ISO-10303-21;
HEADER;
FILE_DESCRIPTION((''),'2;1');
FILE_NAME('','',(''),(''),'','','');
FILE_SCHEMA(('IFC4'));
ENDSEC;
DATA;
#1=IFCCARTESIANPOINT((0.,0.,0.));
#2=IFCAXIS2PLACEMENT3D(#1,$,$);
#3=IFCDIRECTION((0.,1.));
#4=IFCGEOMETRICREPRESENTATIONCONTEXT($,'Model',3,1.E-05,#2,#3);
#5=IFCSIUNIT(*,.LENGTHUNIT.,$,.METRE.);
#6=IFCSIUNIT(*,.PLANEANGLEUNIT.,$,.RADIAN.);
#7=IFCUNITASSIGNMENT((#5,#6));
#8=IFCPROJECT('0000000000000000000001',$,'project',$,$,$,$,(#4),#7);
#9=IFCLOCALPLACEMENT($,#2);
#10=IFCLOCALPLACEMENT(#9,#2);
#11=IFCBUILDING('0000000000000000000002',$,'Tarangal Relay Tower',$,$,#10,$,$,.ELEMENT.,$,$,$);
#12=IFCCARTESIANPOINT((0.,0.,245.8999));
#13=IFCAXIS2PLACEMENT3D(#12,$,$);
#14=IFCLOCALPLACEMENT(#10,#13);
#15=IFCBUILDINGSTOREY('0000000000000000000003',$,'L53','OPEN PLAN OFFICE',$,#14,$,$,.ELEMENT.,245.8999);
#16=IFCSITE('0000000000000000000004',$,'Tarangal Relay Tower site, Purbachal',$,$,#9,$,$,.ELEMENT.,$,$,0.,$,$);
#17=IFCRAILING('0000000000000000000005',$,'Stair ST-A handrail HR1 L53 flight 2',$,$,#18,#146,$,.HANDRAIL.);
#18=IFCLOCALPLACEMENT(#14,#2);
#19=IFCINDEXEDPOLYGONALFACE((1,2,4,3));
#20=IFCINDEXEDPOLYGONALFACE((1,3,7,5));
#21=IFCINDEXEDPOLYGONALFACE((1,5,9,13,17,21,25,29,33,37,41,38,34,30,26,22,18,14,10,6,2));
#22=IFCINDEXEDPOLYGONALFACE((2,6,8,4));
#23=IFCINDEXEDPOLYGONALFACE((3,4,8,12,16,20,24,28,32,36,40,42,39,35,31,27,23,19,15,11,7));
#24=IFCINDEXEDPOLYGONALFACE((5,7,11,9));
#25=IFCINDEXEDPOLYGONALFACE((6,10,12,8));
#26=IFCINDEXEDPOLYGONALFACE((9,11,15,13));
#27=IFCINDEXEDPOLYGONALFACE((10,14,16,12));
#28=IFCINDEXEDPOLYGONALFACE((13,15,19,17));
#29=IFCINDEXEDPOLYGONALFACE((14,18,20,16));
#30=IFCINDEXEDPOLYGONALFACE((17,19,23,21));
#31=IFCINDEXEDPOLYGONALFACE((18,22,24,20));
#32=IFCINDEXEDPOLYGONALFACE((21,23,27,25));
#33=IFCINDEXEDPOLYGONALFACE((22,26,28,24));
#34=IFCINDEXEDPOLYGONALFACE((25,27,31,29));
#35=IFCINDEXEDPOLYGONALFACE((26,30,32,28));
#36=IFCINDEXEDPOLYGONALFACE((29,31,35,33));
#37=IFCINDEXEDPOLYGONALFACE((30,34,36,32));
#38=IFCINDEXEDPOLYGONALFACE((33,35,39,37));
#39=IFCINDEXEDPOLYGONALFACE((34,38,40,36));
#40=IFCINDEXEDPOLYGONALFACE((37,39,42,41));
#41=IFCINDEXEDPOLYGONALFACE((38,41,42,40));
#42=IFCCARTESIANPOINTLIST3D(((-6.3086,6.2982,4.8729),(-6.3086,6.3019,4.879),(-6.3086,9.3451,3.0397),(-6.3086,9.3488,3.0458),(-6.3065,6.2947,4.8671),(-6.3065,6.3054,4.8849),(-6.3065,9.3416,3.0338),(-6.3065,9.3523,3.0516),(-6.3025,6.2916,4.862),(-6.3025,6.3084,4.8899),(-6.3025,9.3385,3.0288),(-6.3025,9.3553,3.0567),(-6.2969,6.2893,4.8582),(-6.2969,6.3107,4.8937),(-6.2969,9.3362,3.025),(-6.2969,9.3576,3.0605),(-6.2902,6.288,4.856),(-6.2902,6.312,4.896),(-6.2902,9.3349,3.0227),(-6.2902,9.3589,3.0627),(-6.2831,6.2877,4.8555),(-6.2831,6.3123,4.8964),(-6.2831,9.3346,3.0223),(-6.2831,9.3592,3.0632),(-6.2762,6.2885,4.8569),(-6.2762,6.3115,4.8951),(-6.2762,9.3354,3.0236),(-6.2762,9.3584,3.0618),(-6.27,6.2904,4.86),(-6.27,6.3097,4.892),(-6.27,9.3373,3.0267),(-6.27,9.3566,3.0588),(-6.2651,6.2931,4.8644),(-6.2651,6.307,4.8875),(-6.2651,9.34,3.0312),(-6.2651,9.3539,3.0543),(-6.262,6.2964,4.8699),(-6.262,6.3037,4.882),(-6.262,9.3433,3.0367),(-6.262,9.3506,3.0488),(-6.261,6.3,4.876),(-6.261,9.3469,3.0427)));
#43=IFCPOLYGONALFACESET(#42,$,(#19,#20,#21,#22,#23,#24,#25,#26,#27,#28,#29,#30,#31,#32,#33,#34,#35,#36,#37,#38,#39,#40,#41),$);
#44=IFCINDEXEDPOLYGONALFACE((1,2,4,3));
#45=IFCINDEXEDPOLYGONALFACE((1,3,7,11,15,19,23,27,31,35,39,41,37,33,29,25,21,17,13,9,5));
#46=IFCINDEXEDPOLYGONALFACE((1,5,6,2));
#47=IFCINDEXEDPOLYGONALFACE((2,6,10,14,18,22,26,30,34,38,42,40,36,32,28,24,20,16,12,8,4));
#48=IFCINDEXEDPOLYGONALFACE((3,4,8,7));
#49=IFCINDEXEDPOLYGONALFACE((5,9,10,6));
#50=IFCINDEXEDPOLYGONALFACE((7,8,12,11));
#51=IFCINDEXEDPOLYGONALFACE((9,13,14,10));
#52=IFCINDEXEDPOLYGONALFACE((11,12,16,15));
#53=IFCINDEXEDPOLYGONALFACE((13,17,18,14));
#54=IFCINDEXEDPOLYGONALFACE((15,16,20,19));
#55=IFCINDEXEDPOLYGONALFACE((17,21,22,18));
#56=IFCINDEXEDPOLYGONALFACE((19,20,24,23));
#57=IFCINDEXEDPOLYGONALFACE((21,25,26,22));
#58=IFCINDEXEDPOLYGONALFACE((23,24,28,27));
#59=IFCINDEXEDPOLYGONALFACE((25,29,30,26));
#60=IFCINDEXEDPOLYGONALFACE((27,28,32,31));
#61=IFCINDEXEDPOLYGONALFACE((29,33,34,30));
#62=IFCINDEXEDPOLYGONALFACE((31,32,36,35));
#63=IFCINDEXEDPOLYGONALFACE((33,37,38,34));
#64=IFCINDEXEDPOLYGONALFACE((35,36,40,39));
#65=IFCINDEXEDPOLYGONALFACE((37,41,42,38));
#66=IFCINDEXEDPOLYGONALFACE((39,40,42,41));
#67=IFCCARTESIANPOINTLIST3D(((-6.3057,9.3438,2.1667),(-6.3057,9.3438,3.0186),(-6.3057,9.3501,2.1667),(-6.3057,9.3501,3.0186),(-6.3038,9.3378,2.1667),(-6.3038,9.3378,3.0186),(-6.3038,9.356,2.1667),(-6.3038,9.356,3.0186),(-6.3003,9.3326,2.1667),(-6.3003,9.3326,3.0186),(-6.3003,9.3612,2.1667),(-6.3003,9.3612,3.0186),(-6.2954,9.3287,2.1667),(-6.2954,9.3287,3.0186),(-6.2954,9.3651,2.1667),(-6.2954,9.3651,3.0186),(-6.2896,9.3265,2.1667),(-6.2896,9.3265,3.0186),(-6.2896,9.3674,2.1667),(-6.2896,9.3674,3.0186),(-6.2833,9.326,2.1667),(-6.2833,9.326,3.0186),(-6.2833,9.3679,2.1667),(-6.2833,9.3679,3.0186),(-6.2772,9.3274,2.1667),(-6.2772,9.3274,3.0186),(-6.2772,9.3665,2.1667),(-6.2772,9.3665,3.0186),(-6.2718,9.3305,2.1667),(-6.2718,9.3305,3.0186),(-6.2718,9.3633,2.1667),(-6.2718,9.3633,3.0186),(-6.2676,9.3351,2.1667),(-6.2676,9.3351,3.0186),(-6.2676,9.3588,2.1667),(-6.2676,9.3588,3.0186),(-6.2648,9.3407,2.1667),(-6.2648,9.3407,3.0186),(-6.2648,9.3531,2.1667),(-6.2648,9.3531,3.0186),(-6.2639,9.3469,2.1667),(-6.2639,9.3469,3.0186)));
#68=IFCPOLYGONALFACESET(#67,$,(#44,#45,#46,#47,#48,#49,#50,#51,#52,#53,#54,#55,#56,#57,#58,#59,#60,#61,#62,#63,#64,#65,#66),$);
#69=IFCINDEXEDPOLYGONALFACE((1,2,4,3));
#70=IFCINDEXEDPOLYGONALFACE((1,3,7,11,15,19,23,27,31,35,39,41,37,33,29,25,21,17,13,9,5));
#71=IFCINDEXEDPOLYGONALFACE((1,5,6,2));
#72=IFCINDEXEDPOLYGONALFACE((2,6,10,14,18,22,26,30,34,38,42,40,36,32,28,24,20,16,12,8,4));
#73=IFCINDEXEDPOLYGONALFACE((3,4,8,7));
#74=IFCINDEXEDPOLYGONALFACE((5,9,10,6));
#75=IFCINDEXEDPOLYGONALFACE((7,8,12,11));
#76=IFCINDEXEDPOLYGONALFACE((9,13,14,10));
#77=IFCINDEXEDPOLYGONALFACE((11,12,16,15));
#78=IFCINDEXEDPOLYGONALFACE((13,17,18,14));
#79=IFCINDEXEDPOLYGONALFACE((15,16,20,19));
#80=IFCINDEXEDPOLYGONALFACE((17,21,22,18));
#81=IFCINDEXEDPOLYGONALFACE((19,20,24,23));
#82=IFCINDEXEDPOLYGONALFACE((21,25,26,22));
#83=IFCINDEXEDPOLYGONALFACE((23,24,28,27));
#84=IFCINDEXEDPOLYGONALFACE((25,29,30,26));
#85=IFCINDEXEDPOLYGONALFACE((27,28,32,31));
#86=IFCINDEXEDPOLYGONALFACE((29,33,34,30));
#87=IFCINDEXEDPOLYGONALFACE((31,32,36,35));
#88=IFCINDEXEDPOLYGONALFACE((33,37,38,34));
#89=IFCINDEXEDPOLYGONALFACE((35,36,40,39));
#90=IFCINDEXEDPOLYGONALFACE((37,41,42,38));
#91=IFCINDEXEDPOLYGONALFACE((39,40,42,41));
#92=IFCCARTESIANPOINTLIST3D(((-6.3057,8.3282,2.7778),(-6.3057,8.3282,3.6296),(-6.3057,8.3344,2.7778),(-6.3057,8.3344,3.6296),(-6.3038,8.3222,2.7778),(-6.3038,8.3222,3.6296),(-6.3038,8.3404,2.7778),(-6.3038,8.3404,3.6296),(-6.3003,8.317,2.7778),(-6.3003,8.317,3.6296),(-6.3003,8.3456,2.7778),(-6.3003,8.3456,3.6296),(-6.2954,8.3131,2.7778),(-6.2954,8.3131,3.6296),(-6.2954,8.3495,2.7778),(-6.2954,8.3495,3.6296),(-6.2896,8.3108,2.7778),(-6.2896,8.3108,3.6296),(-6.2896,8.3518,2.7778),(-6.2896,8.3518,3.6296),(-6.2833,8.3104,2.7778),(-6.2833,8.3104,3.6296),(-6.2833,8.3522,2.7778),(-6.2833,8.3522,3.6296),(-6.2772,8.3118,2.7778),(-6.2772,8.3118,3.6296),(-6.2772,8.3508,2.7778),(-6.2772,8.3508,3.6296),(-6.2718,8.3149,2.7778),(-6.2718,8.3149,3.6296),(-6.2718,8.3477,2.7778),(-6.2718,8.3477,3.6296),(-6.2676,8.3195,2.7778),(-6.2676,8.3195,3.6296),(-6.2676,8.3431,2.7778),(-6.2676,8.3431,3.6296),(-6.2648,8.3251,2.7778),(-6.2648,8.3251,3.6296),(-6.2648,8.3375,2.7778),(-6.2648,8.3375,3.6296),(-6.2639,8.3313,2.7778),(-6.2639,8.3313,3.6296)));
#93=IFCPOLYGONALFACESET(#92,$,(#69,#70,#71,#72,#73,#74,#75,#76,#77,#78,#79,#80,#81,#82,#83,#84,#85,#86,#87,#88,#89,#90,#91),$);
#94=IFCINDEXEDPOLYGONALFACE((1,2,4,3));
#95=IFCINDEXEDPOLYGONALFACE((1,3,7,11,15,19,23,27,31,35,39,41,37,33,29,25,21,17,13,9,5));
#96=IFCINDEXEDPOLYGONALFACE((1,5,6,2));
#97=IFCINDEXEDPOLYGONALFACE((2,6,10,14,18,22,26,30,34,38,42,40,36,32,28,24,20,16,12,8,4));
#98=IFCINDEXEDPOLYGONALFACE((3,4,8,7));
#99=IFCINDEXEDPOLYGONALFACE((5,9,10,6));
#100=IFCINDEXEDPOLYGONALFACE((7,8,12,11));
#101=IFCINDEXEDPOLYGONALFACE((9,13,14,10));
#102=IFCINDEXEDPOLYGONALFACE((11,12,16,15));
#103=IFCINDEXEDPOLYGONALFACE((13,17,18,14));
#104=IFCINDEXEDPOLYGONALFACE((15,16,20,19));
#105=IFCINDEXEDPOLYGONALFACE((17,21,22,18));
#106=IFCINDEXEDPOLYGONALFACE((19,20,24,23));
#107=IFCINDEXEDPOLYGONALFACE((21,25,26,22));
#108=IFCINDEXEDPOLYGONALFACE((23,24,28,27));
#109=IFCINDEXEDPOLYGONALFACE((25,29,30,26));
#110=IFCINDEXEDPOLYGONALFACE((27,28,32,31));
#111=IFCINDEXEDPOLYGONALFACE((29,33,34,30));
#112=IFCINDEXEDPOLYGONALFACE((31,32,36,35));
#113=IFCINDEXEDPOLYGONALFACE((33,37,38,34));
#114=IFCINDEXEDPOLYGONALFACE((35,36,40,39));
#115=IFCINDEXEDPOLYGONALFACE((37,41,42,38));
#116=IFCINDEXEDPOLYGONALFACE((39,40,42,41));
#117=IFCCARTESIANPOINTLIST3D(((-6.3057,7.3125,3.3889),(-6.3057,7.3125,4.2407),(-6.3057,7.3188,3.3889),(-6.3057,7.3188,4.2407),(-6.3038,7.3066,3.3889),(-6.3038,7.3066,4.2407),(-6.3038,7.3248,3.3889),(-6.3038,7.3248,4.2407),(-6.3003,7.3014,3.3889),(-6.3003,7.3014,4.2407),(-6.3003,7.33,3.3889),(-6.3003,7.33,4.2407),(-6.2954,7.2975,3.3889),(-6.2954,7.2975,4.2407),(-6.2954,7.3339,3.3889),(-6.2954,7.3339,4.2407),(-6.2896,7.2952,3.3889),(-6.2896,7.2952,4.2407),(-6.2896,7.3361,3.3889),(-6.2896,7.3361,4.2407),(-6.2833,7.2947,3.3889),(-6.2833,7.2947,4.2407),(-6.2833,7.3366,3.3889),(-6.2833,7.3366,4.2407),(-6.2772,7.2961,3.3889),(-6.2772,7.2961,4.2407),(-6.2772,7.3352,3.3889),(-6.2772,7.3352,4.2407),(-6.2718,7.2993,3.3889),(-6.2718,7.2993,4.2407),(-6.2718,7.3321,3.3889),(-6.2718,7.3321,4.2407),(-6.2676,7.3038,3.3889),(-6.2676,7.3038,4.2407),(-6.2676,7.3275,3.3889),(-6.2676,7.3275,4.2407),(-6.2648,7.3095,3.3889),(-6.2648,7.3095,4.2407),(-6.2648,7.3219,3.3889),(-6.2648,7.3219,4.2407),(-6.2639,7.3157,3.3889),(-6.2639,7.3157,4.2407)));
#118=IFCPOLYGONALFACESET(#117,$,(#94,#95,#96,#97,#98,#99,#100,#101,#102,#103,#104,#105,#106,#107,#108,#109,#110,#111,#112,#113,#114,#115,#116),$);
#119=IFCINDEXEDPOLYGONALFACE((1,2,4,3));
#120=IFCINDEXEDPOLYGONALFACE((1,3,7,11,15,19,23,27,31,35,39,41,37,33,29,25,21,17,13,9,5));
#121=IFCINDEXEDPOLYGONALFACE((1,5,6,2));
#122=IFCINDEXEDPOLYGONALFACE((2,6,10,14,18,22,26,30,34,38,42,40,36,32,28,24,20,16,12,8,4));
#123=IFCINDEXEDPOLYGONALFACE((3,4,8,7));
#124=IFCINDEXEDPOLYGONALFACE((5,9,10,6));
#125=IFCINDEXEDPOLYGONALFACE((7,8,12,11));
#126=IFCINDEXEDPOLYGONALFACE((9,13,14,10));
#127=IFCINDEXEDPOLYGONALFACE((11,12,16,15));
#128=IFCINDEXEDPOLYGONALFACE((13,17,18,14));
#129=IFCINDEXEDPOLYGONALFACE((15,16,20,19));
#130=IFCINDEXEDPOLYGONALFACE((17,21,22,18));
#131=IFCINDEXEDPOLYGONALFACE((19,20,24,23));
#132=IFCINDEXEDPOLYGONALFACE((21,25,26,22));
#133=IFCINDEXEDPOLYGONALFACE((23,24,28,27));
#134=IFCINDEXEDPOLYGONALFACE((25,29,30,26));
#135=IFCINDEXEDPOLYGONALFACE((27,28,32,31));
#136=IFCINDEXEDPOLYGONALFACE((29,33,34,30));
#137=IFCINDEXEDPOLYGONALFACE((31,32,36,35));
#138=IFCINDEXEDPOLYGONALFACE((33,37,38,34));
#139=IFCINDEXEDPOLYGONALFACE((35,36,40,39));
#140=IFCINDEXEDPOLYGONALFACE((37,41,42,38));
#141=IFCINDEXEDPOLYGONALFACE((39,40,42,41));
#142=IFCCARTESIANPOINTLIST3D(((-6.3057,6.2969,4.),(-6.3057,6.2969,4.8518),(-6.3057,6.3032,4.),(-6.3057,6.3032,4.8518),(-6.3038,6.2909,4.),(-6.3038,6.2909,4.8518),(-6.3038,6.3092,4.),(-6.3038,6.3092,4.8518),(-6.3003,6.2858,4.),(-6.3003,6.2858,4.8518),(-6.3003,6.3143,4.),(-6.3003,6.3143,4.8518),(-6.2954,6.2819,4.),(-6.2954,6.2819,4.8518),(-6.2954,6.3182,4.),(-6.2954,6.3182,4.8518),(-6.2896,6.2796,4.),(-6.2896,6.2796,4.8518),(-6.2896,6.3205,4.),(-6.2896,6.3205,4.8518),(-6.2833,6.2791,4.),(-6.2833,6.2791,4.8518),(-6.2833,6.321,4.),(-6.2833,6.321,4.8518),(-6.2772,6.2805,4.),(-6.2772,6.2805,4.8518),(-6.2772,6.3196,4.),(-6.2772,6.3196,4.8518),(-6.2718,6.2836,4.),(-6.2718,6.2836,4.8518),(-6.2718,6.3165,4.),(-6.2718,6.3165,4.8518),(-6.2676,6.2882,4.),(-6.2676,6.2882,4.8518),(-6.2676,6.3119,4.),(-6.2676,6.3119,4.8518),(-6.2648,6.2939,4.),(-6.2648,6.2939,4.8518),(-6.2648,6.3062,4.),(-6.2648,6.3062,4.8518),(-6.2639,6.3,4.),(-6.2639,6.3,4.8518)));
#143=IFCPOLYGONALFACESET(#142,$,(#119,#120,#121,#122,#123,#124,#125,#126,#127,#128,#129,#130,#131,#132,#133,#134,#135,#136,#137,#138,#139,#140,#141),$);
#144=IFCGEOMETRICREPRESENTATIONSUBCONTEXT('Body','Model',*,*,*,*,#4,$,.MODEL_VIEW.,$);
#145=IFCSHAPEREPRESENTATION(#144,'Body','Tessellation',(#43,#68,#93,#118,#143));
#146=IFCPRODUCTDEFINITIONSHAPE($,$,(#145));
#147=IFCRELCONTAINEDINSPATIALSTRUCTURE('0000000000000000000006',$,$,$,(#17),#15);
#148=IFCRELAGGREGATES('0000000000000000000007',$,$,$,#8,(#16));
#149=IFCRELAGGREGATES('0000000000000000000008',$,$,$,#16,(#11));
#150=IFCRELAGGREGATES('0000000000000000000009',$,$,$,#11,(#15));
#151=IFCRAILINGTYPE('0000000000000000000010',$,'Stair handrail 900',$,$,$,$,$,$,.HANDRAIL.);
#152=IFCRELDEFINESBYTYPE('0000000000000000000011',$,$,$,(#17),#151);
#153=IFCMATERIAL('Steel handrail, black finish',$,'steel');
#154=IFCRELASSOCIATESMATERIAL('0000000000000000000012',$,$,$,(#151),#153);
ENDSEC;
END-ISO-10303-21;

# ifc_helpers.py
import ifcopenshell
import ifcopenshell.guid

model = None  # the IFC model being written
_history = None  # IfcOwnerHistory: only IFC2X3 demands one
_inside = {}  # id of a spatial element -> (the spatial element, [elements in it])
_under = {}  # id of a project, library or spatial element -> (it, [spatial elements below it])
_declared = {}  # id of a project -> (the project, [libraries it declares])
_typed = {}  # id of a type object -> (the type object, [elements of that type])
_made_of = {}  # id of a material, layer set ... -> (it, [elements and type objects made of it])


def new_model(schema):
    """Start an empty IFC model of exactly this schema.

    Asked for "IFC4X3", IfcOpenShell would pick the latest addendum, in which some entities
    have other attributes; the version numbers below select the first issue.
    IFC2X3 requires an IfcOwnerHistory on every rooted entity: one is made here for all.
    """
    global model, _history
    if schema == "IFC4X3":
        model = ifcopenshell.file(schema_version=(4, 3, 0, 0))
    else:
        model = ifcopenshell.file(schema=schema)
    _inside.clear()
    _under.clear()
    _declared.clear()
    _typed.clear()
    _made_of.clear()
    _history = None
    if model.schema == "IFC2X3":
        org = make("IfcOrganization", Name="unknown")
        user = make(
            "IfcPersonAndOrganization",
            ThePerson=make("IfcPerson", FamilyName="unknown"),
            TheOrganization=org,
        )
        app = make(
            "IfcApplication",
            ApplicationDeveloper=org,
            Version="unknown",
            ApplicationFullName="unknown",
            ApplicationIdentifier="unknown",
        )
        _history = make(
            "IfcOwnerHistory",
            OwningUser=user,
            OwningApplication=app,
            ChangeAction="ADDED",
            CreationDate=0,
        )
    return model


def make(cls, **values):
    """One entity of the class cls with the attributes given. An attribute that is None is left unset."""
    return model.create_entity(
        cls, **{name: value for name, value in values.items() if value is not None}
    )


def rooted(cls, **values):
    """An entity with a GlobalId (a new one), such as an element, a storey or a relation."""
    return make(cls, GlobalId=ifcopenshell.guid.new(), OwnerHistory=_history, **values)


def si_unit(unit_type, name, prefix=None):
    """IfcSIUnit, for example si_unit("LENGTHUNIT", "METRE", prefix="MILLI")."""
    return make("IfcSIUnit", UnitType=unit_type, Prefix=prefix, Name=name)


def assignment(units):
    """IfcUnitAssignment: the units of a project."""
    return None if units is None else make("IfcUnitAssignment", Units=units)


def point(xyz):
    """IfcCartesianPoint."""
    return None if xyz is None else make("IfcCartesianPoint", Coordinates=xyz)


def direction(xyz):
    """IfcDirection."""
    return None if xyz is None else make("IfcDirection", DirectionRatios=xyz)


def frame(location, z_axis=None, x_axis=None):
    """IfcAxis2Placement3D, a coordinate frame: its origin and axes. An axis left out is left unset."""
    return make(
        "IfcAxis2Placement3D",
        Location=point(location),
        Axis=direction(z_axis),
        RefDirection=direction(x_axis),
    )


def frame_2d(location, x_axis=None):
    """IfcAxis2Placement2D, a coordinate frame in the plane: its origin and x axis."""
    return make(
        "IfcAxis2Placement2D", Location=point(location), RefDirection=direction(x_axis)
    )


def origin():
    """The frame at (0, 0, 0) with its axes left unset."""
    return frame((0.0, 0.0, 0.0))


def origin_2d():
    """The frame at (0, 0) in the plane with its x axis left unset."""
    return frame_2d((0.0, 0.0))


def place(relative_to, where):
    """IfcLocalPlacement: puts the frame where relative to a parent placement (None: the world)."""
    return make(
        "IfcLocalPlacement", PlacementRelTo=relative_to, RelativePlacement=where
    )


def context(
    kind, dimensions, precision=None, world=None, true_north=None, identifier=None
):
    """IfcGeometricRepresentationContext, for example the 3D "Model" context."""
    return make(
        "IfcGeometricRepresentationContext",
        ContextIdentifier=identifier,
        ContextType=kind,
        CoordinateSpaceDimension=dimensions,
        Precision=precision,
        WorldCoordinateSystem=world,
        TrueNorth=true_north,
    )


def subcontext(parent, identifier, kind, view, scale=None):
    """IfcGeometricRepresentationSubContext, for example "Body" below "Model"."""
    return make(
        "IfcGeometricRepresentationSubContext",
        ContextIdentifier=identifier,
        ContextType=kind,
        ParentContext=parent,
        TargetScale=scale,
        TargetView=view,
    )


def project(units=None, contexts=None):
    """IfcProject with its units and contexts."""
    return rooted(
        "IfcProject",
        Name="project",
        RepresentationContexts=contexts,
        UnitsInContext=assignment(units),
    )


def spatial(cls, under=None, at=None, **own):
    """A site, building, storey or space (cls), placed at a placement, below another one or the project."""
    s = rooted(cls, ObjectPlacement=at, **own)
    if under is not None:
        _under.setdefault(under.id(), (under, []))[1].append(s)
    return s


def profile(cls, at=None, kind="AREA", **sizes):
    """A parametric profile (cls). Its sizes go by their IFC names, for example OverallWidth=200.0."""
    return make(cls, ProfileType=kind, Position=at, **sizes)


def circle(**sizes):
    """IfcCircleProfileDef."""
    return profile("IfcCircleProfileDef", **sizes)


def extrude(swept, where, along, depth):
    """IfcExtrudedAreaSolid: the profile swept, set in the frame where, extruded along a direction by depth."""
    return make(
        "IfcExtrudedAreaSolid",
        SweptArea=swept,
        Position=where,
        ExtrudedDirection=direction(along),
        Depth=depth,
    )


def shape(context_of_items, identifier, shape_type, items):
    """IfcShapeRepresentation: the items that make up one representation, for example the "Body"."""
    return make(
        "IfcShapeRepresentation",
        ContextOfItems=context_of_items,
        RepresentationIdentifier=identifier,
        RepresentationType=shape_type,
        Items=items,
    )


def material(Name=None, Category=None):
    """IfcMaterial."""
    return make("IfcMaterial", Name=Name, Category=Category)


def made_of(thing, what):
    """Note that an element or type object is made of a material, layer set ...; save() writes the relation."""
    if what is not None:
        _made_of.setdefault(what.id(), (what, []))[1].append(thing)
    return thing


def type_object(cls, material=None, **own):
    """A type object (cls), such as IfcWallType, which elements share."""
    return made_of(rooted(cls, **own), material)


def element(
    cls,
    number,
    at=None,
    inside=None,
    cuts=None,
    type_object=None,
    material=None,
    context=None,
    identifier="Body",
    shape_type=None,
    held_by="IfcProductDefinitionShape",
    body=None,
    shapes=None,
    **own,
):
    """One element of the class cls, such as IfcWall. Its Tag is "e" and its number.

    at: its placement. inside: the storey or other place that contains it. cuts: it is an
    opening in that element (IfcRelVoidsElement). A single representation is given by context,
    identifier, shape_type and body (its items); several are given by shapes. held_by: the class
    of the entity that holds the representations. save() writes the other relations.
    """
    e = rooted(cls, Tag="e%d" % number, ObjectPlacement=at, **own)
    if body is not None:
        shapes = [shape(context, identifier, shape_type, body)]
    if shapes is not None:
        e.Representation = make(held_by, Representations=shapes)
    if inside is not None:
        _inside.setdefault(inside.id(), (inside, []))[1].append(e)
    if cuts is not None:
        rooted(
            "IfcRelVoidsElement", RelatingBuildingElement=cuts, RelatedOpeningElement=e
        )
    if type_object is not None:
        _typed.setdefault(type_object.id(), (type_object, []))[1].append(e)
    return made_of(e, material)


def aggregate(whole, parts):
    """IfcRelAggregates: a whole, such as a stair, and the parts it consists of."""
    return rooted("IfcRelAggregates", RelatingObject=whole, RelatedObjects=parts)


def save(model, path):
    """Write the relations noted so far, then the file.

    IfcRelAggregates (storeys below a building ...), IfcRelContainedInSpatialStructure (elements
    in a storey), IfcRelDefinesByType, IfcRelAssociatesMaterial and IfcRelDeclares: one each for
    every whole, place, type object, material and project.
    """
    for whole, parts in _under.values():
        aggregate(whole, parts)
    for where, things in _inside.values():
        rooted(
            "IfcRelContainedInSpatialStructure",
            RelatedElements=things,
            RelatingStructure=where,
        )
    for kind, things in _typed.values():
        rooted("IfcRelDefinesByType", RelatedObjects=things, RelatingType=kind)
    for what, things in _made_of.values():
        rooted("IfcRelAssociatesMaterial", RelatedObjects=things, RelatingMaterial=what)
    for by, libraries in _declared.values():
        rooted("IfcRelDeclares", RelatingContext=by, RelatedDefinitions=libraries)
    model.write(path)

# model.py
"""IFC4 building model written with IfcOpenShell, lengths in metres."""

from ifc_helpers import new_model, si_unit, direction, frame, origin, origin_2d, place, context, subcontext, project, spatial, circle, extrude, material, type_object, element, save


model = new_model("IFC4")

# Units and contexts
model_context = context("Model", 3, precision=1e-05, world=origin(), true_north=direction((0.0, 1.0)))
body_context = subcontext(model_context, "Body", "Model", "MODEL_VIEW")
ifc_project = project(units=[si_unit("LENGTHUNIT", "METRE"), si_unit("PLANEANGLEUNIT", "RADIAN")], contexts=[model_context])

# Site, building, storey
site_placement = place(None, origin())
site = spatial("IfcSite", under=ifc_project, at=site_placement, Name="Tarangal Relay Tower site, Purbachal", CompositionType="ELEMENT", RefElevation=0.0)
building_placement = place(site_placement, origin())
building = spatial("IfcBuilding", under=site, at=building_placement, Name="Tarangal Relay Tower", CompositionType="ELEMENT")
storey_placement = place(building_placement, frame((0.0, 0.0, 245.8999)))
storey = spatial("IfcBuildingStorey", under=building, at=storey_placement, Name="L53", Description="OPEN PLAN OFFICE", CompositionType="ELEMENT", Elevation=245.8999)

# Railing
ifc_material_1 = material(Name="Steel handrail, black finish", Category="steel")
railing_type_1 = type_object("IfcRailingType", Name="Stair handrail 900", PredefinedType="HANDRAIL", material=ifc_material_1)
railing_1_placement = place(storey_placement, frame((-6.2849, 9.3469, 2.1667)))
element("IfcRailing", 1, at=railing_1_placement, inside=storey, type_object=railing_type_1, Name="Stair ST-A handrail HR1 L53 flight 2", PredefinedType="HANDRAIL", context=body_context, shape_type="SweptSolid", body=[
    extrude(circle(Radius=0.0239, at=origin_2d()), frame((0.0, 0.0, 0.876), z_axis=(0.0, -0.856856, 0.515556), x_axis=(1.0, 0.0, 0.0)), (0.0, 0.0, 1.0), 3.5559),
    extrude(circle(Radius=0.021, at=origin_2d()), origin(), (0.0, 0.0, 1.0), 0.8518),
    extrude(circle(Radius=0.021, at=origin_2d()), frame((0.0, -1.0156, 0.6111)), (0.0, 0.0, 1.0), 0.8518),
    extrude(circle(Radius=0.021, at=origin_2d()), frame((0.0, -2.0312, 1.2222)), (0.0, 0.0, 1.0), 0.8518),
    extrude(circle(Radius=0.021, at=origin_2d()), frame((0.0, -3.0469, 1.8333)), (0.0, 0.0, 1.0), 0.8518),
])

save(model, "model.ifc")
